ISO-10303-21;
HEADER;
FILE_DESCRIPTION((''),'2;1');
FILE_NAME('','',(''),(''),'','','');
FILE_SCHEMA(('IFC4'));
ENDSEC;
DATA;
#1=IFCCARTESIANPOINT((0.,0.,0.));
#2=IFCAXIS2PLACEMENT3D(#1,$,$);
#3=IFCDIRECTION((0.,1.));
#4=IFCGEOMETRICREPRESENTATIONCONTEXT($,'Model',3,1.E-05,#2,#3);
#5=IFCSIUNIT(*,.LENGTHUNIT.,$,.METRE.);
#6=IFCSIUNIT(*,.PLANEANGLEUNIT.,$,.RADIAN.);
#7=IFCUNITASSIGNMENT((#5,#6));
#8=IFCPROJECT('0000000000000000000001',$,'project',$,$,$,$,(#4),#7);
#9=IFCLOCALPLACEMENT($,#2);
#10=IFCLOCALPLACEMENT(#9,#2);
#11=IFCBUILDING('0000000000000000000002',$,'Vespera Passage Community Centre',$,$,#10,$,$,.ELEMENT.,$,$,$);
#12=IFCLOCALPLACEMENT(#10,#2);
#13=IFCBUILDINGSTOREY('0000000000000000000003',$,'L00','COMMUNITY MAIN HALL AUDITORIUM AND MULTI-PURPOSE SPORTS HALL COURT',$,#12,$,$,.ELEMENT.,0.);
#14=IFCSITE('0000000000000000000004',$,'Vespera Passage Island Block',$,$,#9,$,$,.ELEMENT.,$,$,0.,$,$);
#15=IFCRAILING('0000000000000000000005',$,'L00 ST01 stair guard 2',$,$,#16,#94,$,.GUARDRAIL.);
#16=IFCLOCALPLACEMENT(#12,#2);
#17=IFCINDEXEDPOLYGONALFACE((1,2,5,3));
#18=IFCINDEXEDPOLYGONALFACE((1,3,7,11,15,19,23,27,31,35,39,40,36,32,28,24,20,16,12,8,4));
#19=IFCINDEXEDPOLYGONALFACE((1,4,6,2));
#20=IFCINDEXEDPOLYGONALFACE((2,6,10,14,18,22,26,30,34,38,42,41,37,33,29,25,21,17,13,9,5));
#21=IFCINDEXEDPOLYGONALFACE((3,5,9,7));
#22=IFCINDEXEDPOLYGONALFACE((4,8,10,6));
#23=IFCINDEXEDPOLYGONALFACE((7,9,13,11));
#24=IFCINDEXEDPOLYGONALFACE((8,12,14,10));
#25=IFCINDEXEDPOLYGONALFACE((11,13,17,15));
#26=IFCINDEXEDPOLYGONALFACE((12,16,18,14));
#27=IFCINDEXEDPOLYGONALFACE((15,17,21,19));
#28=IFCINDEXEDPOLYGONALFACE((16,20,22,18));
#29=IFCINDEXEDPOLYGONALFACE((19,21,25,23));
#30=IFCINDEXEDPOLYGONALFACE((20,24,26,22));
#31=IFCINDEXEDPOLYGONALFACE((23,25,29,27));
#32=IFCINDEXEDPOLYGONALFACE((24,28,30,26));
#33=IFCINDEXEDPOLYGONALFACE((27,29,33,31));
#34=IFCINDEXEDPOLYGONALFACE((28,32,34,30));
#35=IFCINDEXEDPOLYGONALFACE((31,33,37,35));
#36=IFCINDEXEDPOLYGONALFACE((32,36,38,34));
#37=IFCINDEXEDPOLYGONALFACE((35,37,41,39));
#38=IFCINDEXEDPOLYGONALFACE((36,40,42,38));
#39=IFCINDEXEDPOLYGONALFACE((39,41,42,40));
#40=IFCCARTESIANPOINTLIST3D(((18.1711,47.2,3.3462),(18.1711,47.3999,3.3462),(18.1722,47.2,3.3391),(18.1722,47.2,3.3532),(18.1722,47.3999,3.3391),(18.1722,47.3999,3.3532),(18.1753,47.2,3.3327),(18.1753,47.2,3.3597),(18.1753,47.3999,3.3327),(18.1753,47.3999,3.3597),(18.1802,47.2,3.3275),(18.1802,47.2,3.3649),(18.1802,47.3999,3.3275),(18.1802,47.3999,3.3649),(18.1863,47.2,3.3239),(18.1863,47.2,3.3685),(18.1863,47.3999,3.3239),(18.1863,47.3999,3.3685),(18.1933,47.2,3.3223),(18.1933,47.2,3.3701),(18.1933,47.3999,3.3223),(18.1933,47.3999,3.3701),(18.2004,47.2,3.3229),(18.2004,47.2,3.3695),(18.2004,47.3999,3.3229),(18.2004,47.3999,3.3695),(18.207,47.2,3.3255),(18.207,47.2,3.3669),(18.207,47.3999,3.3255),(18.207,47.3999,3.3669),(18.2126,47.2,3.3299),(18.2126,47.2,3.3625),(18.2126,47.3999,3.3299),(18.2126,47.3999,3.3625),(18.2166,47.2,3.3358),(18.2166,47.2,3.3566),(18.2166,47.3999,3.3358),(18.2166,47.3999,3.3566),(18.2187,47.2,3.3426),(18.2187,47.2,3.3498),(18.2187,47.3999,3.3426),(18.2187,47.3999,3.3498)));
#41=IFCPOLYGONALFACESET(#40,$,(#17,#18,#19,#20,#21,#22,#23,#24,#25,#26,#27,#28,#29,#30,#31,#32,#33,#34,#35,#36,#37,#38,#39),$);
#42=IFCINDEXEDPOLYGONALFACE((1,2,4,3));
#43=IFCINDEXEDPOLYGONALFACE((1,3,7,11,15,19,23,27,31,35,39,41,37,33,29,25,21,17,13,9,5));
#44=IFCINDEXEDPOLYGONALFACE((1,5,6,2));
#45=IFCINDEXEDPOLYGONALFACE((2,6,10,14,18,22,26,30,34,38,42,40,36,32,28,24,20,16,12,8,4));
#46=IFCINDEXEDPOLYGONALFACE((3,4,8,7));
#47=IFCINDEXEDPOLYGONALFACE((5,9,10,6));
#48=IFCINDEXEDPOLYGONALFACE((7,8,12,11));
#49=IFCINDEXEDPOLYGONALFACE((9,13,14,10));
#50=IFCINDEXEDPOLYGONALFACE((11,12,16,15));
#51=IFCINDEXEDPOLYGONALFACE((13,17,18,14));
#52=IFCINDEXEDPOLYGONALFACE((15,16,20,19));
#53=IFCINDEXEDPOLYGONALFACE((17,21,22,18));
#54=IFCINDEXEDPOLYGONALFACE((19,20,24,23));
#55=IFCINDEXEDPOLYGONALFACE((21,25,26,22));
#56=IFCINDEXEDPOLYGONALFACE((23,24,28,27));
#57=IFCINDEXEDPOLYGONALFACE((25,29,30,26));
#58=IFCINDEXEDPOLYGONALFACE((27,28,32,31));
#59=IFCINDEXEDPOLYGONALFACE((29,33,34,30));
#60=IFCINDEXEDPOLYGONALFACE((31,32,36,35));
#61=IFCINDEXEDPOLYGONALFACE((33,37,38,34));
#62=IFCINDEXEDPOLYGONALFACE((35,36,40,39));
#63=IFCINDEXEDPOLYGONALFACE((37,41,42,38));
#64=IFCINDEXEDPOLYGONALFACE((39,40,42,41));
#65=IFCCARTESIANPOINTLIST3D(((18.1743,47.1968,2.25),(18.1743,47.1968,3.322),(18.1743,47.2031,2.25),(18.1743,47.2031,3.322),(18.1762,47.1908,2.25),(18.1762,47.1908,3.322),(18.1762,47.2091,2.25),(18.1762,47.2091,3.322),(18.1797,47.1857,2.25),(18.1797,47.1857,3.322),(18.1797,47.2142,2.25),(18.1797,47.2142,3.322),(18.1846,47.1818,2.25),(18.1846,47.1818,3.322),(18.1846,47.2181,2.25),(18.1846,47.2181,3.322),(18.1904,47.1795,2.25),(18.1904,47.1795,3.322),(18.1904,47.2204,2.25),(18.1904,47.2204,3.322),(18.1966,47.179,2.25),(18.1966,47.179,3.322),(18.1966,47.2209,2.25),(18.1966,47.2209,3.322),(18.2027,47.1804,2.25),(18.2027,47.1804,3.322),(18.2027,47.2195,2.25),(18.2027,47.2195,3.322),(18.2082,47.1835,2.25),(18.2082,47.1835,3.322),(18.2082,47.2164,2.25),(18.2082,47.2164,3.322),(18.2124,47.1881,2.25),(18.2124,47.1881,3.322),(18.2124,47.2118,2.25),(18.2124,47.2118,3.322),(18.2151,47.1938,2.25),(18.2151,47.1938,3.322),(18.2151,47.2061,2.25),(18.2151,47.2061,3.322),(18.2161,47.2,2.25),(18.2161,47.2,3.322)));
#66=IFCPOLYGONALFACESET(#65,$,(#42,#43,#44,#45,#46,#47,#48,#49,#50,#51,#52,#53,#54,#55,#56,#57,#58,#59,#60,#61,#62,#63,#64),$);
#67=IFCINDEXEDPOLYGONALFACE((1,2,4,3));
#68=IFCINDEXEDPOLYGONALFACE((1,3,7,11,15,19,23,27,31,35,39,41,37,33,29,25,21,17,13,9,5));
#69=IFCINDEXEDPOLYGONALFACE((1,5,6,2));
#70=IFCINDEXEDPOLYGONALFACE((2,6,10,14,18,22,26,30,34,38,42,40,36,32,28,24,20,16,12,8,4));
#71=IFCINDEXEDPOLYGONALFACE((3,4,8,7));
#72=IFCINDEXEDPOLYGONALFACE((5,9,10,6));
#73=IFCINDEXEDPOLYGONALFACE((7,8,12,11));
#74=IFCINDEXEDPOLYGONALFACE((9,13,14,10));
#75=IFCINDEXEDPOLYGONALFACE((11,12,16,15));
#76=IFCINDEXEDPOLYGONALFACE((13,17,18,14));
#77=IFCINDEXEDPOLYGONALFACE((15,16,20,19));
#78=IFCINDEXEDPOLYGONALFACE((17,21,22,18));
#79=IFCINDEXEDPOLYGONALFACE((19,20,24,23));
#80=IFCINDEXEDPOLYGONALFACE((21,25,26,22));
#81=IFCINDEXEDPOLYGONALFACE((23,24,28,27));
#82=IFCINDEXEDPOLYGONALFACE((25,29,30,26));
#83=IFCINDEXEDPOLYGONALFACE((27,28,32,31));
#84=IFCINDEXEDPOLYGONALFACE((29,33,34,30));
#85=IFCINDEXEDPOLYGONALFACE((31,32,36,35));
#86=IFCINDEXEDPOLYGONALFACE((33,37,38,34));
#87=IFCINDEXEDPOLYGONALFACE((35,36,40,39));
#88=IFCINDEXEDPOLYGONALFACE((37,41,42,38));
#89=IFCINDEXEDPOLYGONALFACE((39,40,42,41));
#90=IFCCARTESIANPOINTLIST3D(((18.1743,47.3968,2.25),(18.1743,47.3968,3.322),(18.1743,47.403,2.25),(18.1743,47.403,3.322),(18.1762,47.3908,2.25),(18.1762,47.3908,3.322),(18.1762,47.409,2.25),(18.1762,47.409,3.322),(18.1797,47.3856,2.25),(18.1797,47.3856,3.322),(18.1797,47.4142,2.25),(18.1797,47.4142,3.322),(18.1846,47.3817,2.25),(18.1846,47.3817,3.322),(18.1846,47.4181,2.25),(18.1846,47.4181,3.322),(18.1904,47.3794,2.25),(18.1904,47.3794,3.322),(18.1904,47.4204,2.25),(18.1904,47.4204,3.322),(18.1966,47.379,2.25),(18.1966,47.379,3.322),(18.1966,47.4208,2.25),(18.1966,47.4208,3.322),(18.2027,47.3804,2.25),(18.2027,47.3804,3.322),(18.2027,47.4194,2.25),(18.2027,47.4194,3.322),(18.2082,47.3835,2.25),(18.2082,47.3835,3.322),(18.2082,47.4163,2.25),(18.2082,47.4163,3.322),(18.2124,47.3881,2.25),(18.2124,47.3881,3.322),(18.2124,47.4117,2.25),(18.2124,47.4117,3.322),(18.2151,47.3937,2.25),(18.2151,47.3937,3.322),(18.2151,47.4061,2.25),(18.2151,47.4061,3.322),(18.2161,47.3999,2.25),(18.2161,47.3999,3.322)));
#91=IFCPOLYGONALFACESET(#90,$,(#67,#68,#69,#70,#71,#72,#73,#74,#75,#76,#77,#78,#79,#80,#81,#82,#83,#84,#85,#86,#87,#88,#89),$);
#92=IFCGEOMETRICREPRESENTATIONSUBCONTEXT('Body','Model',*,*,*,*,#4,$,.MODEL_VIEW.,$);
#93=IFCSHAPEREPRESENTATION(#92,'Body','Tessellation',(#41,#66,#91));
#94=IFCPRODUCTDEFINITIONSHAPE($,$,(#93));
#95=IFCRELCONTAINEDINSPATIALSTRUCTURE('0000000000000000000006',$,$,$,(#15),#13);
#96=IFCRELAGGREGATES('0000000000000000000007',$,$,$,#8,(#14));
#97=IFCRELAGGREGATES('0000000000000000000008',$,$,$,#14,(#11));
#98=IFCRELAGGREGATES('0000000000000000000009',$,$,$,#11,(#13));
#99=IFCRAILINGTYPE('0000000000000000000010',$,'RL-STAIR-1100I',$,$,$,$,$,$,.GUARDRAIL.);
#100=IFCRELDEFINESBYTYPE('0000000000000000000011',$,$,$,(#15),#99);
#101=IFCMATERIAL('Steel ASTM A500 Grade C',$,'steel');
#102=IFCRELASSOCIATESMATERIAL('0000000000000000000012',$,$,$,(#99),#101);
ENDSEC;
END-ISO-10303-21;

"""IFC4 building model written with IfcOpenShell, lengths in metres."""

from ifc_helpers import new_model, si_unit, direction, frame, origin, origin_2d, place, context, subcontext, project, spatial, circle, extrude, material, type_object, element, save


model = new_model("IFC4")

# Units and contexts
model_context = context("Model", 3, precision=1e-05, world=origin(), true_north=direction((0.0, 1.0)))
body_context = subcontext(model_context, "Body", "Model", "MODEL_VIEW")
ifc_project = project(units=[si_unit("LENGTHUNIT", "METRE"), si_unit("PLANEANGLEUNIT", "RADIAN")], contexts=[model_context])

# Site, building, storey
site_placement = place(None, origin())
site = spatial("IfcSite", under=ifc_project, at=site_placement, Name="Vespera Passage Island Block", CompositionType="ELEMENT", RefElevation=0.0)
building_placement = place(site_placement, origin())
building = spatial("IfcBuilding", under=site, at=building_placement, Name="Vespera Passage Community Centre", CompositionType="ELEMENT")
storey_placement = place(building_placement, origin())
storey = spatial("IfcBuildingStorey", under=building, at=storey_placement, Name="L00", Description="COMMUNITY MAIN HALL AUDITORIUM AND MULTI-PURPOSE SPORTS HALL COURT", CompositionType="ELEMENT", Elevation=0.0)

# Railing
ifc_material_1 = material(Name="Steel ASTM A500 Grade C", Category="steel")
railing_type_1 = type_object("IfcRailingType", Name="RL-STAIR-1100I", PredefinedType="GUARDRAIL", material=ifc_material_1)
railing_1_placement = place(storey_placement, frame((18.1951, 47.2, 2.25)))
element("IfcRailing", 1, at=railing_1_placement, inside=storey, type_object=railing_type_1, Name="L00 ST01 stair guard 2", PredefinedType="GUARDRAIL", context=body_context, shape_type="SweptSolid", body=[
    extrude(circle(Radius=0.0239, at=origin_2d()), frame((0.0, 0.0, 1.0962), z_axis=(0.0, 1.0, 0.0), x_axis=(-1.0, 0.0, 0.0)), (0.0, 0.0, 1.0), 0.2),
    extrude(circle(Radius=0.021, at=origin_2d()), origin(), (0.0, 0.0, 1.0), 1.072),
    extrude(circle(Radius=0.021, at=origin_2d()), frame((0.0, 0.2, 0.0)), (0.0, 0.0, 1.0), 1.072),
])

save(model, "model.ifc")
